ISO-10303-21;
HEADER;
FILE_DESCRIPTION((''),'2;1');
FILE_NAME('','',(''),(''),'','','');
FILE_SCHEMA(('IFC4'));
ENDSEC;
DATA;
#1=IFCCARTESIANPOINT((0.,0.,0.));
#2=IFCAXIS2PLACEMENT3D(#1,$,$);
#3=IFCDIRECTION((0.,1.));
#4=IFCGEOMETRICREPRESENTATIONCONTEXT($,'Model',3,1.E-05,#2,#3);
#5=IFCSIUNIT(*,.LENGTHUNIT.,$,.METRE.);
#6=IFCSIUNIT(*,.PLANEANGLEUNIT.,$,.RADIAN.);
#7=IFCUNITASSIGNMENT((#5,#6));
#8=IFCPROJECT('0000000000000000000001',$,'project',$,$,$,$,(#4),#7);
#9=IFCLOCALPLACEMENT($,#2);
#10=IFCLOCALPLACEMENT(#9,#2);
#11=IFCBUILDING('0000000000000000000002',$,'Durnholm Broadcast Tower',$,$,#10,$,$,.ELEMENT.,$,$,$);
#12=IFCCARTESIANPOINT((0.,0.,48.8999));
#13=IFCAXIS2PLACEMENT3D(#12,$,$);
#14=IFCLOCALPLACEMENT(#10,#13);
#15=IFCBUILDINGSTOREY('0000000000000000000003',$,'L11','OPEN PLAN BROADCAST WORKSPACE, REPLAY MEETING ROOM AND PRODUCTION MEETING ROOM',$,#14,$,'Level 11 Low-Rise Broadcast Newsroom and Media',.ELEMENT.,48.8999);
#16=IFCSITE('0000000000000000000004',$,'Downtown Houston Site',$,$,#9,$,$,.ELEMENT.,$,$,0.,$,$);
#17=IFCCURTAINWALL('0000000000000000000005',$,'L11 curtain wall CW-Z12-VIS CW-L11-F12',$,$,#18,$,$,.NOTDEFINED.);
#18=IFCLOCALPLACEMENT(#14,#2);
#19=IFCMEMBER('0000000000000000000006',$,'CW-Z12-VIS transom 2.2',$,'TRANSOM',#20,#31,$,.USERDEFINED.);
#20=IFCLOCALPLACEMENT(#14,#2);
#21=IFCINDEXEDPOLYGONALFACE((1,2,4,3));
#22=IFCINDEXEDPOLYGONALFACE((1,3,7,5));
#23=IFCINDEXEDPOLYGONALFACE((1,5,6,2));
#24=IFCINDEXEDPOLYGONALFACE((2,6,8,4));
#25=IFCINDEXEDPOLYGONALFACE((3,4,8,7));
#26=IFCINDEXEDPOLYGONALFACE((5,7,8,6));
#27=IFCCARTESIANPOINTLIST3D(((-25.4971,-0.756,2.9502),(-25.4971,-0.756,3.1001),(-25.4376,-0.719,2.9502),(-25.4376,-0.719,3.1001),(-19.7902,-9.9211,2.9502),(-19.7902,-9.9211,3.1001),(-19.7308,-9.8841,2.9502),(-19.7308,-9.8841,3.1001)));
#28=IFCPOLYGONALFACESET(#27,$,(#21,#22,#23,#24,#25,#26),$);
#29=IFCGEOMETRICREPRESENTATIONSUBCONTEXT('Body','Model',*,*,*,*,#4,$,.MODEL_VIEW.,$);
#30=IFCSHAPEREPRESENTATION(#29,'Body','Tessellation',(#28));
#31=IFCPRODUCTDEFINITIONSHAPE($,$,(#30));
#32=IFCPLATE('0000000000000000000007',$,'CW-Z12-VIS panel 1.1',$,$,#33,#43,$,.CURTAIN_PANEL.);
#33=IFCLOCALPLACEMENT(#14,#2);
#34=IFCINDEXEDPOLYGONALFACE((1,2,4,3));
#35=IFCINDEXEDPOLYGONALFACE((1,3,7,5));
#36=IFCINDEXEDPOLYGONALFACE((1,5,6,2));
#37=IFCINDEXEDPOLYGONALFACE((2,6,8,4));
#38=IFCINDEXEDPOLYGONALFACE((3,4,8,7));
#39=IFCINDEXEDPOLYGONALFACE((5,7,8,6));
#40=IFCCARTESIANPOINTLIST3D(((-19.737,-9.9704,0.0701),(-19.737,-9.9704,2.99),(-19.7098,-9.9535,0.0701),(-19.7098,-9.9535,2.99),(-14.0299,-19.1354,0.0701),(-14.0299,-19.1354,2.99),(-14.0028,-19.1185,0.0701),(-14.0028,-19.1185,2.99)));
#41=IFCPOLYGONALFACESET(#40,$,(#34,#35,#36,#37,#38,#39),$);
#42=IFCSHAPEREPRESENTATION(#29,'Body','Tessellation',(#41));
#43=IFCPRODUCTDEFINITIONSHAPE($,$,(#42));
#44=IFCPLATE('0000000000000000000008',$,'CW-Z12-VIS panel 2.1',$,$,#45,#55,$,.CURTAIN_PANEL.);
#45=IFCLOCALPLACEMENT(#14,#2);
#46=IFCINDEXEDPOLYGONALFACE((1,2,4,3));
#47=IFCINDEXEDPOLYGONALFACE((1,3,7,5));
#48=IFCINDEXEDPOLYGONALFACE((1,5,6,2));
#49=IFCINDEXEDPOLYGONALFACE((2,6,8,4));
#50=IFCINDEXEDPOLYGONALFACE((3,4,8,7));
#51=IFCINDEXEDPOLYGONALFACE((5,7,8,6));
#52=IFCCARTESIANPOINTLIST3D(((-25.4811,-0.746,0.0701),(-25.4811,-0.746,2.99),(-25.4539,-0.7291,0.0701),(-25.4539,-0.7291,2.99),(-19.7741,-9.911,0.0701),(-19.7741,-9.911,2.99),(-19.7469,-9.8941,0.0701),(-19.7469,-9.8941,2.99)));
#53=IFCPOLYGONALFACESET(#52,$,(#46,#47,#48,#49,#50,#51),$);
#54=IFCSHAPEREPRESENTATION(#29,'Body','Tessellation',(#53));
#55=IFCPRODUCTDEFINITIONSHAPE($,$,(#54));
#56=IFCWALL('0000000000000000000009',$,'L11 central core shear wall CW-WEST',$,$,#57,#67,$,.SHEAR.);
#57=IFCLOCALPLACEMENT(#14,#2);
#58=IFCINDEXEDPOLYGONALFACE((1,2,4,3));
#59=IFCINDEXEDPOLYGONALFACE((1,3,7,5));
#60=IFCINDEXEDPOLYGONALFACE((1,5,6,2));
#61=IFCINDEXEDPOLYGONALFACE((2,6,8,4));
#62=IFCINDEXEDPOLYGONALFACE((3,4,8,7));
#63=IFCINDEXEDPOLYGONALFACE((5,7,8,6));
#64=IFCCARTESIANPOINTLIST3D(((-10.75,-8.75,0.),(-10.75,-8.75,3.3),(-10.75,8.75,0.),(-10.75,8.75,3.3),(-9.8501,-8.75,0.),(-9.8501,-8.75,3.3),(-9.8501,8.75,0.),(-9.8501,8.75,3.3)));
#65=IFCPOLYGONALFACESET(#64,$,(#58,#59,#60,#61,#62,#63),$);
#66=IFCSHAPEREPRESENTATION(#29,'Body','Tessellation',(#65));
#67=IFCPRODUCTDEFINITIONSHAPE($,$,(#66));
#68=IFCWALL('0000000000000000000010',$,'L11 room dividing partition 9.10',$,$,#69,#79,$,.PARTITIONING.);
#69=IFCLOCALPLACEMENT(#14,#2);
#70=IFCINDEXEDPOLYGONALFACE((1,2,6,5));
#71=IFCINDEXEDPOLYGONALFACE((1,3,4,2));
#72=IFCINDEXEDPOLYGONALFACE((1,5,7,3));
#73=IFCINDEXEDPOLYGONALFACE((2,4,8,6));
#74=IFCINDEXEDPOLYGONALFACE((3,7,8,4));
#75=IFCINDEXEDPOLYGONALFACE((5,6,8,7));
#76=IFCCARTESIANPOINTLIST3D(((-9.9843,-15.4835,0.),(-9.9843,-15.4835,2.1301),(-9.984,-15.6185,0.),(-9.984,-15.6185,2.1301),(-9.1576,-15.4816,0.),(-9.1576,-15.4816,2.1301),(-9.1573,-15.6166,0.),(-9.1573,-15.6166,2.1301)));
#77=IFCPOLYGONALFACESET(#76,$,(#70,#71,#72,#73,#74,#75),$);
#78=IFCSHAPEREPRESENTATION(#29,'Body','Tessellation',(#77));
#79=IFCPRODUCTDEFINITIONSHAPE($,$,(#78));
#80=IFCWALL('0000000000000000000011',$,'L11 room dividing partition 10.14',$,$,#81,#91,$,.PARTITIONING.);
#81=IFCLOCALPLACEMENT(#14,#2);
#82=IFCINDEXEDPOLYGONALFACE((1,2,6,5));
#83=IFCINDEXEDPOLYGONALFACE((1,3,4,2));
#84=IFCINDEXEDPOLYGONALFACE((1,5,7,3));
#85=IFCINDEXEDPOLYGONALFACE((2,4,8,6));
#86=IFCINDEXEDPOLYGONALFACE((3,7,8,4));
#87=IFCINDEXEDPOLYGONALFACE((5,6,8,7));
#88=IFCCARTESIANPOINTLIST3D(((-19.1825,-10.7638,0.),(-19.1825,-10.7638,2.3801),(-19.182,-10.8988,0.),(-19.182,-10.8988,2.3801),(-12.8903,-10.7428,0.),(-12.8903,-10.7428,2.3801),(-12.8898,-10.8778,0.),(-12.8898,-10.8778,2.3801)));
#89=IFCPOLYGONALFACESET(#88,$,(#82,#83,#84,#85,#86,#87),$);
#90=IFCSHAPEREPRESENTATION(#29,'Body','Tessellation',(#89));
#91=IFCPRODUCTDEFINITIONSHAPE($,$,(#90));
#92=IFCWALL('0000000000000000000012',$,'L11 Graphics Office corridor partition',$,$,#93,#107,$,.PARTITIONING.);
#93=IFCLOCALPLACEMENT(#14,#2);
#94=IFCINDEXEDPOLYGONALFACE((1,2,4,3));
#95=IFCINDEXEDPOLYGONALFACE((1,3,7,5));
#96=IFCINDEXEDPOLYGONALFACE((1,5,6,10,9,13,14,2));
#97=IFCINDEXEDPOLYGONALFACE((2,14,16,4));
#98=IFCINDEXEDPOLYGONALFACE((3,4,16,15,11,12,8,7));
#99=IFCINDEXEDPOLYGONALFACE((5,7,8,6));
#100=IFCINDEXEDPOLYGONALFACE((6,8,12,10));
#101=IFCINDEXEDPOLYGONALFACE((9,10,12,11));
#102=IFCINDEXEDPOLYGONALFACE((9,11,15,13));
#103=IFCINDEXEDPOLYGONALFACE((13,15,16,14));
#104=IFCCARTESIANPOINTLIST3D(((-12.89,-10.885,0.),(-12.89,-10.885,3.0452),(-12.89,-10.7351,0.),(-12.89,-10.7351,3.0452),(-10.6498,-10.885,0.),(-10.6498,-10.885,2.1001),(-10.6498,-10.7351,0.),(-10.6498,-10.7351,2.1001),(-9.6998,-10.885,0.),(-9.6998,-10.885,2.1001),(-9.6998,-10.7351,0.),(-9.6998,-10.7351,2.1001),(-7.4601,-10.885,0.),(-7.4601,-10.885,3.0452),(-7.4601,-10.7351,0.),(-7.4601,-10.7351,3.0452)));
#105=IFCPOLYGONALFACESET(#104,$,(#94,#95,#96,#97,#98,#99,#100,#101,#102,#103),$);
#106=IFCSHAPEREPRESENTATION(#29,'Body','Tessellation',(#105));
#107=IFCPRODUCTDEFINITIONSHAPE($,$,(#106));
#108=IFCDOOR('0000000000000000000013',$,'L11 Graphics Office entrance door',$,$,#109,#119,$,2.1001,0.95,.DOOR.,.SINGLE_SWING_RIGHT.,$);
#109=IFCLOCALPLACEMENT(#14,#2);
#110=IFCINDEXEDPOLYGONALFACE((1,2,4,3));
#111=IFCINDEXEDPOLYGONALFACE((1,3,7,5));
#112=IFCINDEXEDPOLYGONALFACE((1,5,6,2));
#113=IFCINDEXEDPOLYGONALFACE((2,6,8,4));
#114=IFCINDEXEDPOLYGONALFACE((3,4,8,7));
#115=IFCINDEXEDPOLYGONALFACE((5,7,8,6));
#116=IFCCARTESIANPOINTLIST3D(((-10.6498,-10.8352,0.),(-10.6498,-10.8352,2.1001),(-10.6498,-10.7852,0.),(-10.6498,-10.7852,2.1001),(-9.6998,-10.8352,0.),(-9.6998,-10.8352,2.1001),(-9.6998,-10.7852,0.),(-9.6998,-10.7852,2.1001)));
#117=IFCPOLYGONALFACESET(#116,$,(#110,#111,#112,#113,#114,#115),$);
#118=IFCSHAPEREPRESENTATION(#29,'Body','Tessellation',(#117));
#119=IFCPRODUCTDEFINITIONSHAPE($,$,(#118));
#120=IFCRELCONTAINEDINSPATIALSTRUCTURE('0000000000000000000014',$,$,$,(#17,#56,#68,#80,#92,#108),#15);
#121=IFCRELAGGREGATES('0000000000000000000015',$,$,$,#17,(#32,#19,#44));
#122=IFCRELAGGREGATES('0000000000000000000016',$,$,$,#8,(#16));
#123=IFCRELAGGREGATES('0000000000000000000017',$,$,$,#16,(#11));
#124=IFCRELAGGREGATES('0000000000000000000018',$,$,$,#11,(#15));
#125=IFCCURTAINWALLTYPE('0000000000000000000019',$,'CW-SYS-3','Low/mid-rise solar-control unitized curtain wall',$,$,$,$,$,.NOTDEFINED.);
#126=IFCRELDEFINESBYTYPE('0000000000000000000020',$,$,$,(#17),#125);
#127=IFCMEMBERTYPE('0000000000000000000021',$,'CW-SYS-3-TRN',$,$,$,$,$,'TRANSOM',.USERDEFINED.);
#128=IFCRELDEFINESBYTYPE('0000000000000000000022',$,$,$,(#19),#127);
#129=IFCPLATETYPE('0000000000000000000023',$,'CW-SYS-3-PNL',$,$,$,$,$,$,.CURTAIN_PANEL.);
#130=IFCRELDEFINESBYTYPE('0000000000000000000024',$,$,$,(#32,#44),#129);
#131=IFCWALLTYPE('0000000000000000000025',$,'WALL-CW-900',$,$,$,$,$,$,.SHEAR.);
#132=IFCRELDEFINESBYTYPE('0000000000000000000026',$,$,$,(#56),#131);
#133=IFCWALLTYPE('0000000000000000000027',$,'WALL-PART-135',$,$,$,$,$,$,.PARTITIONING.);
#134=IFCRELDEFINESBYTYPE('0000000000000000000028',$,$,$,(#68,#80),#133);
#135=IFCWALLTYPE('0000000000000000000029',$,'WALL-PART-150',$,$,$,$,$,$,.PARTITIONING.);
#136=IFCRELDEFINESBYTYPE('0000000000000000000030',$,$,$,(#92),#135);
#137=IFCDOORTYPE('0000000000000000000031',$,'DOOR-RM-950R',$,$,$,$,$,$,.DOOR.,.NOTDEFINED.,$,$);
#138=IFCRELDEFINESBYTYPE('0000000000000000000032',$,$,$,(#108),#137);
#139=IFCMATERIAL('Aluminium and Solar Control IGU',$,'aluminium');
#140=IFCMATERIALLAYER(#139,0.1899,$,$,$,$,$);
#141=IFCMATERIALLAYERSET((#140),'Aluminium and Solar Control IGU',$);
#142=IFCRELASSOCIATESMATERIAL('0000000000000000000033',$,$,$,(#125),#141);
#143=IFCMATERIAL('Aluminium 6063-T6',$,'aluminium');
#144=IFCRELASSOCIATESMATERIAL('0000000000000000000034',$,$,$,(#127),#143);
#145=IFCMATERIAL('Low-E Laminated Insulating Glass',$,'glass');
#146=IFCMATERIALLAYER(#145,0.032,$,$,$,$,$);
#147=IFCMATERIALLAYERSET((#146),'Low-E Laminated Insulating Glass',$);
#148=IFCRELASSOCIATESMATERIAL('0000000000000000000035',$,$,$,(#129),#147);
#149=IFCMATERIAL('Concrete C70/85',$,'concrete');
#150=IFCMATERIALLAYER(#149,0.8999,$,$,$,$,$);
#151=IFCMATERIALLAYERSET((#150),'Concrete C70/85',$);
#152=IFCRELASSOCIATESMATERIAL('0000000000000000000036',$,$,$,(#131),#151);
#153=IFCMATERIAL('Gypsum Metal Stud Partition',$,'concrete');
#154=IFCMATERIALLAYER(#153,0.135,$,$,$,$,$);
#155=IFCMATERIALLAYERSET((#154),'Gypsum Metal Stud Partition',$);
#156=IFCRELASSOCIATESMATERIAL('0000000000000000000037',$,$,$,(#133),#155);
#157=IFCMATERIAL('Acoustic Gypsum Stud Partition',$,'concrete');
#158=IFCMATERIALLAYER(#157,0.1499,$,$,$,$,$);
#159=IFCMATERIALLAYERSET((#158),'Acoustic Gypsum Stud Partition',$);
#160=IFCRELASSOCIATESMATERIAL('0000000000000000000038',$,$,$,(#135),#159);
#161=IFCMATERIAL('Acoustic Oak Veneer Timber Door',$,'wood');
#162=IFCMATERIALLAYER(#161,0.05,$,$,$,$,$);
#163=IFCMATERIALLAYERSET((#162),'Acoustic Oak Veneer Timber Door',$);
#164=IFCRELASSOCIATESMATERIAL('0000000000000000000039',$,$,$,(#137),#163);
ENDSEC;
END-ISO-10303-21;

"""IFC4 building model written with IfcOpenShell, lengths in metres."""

from ifc_helpers import new_model, si_unit, direction, frame, frame_2d, origin, origin_2d, place, context, subcontext, project, spatial, rectangle, extrude, source, transform, mapped, material, layer, layer_set, material_profile, profile_set, type_object, type_shapes, element, fill, aggregate, save


model = new_model("IFC4")

# Units and contexts
model_context = context("Model", 3, precision=1e-05, world=origin(), true_north=direction((0.0, 1.0)))
body_context = subcontext(model_context, "Body", "Model", "MODEL_VIEW")
ifc_project = project(units=[si_unit("LENGTHUNIT", "METRE"), si_unit("PLANEANGLEUNIT", "RADIAN")], contexts=[model_context])

# Site, building, storey
site_placement = place(None, origin())
site = spatial("IfcSite", under=ifc_project, at=site_placement, Name="Downtown Houston Site", CompositionType="ELEMENT", RefElevation=0.0)
building_placement = place(site_placement, origin())
building = spatial("IfcBuilding", under=site, at=building_placement, Name="Durnholm Broadcast Tower", CompositionType="ELEMENT")
storey_placement = place(building_placement, frame((0.0, 0.0, 48.8999)))
storey = spatial("IfcBuildingStorey", under=building, at=storey_placement, Name="L11", Description="OPEN PLAN BROADCAST WORKSPACE, REPLAY MEETING ROOM AND PRODUCTION MEETING ROOM", LongName="Level 11 Low-Rise Broadcast Newsroom and Media", CompositionType="ELEMENT", Elevation=48.8999)

# Shared definitions
ifc_material_1 = material(Name="Aluminium and Solar Control IGU", Category="aluminium")
ifc_material_2 = material(Name="Aluminium 6063-T6", Category="aluminium")

# Curtain wall, member, plates
ifc_layer_1 = layer(ifc_material_1, 0.1899)
ifc_layer_set_1 = layer_set([ifc_layer_1], Name="Aluminium and Solar Control IGU")
curtain_wall_type_1 = type_object("IfcCurtainWallType", Name="CW-SYS-3", Description="Low/mid-rise solar-control unitized curtain wall", PredefinedType="NOTDEFINED", material=ifc_layer_set_1)
curtain_wall_1_placement = place(storey_placement, origin())
curtain_wall_1 = element("IfcCurtainWall", 1, at=curtain_wall_1_placement, inside=storey, type_object=curtain_wall_type_1, Name="L11 curtain wall CW-Z12-VIS CW-L11-F12", PredefinedType="NOTDEFINED")
ifc_material_profile_1 = material_profile(ifc_material_2, rectangle(XDim=0.0701, YDim=0.1499, at=origin_2d()), Name="CWT70X150")
ifc_profile_set_1 = profile_set([ifc_material_profile_1], Name="Aluminium 6063-T6")
member_type_1 = type_object("IfcMemberType", Name="CW-SYS-3-TRN", ElementType="TRANSOM", PredefinedType="USERDEFINED", material=ifc_profile_set_1)
shared_shape_1 = source(origin(), body_context, "Body", "SweptSolid", [
    extrude(rectangle(XDim=0.0701, YDim=0.1499, at=origin_2d()), origin(), (0.0, 0.0, 1.0), 10.7966),
])
type_shapes(member_type_1, [shared_shape_1])
member_1_placement = place(storey_placement, frame((-19.7605, -9.9026, 3.0251), z_axis=(-0.528575, 0.848886, 0.0), x_axis=(-0.848886, -0.528575, 0.0)))
member_1 = element("IfcMember", 2, at=member_1_placement, type_object=member_type_1, Name="CW-Z12-VIS transom 2.2", ObjectType="TRANSOM", PredefinedType="USERDEFINED", context=body_context, shape_type="MappedRepresentation", body=[
    mapped(shared_shape_1, transform((0.0, 0.0, 0.0), x_axis=(1.0, 0.0, 0.0), y_axis=(0.0, 1.0, 0.0), z_axis=(0.0, 0.0, 1.0), scale=1.0)),
])
ifc_material_3 = material(Name="Low-E Laminated Insulating Glass", Category="glass")
ifc_layer_2 = layer(ifc_material_3, 0.032)
ifc_layer_set_2 = layer_set([ifc_layer_2], Name="Low-E Laminated Insulating Glass")
plate_type = type_object("IfcPlateType", Name="CW-SYS-3-PNL", PredefinedType="CURTAIN_PANEL", material=ifc_layer_set_2)
shared_shape_2 = source(origin(), body_context, "Body", "SweptSolid", [
    extrude(rectangle(XDim=10.7966, YDim=0.032, at=origin_2d()), origin(), (0.0, 0.0, 1.0), 2.9199),
])
type_shapes(plate_type, [shared_shape_2])
plate_1_placement = place(storey_placement, frame((-16.8699, -14.5444, 0.0701), z_axis=(0.0, 0.0, 1.0), x_axis=(-0.528592, 0.848876, 0.0)))
plate_1 = element("IfcPlate", 3, at=plate_1_placement, type_object=plate_type, Name="CW-Z12-VIS panel 1.1", PredefinedType="CURTAIN_PANEL", context=body_context, shape_type="MappedRepresentation", body=[
    mapped(shared_shape_2, transform((0.0, 0.0, 0.0), x_axis=(1.0, 0.0, 0.0), y_axis=(0.0, 1.0, 0.0), z_axis=(0.0, 0.0, 1.0), scale=1.0)),
])
plate_2_placement = place(storey_placement, frame((-22.614, -5.3201, 0.0701), z_axis=(0.0, 0.0, 1.0), x_axis=(-0.528592, 0.848876, 0.0)))
plate_2 = element("IfcPlate", 4, at=plate_2_placement, type_object=plate_type, Name="CW-Z12-VIS panel 2.1", PredefinedType="CURTAIN_PANEL", context=body_context, shape_type="MappedRepresentation", body=[
    mapped(shared_shape_2, transform((0.0, 0.0, 0.0), x_axis=(1.0, 0.0, 0.0), y_axis=(0.0, 1.0, 0.0), z_axis=(0.0, 0.0, 1.0), scale=1.0)),
])
aggregate(curtain_wall_1, [plate_1, member_1, plate_2])

# Walls
ifc_material_4 = material(Name="Concrete C70/85", Category="concrete")
ifc_layer_3 = layer(ifc_material_4, 0.8999)
ifc_layer_set_3 = layer_set([ifc_layer_3], Name="Concrete C70/85")
wall_type_1 = type_object("IfcWallType", Name="WALL-CW-900", PredefinedType="SHEAR", material=ifc_layer_set_3)
wall_1_placement = place(storey_placement, frame((-10.3, -8.75, 0.0), z_axis=(0.0, 0.0, 1.0), x_axis=(0.0, 1.0, 0.0)))
element("IfcWall", 5, at=wall_1_placement, inside=storey, type_object=wall_type_1, Name="L11 central core shear wall CW-WEST", PredefinedType="SHEAR", context=body_context, shape_type="SweptSolid", body=[
    extrude(rectangle(XDim=17.5, YDim=0.8999, at=frame_2d((8.75, 0.0))), origin(), (0.0, 0.0, 1.0), 3.3),
])
ifc_material_5 = material(Name="Gypsum Metal Stud Partition", Category="concrete")
ifc_layer_4 = layer(ifc_material_5, 0.135)
ifc_layer_set_4 = layer_set([ifc_layer_4], Name="Gypsum Metal Stud Partition")
wall_type_2 = type_object("IfcWallType", Name="WALL-PART-135", PredefinedType="PARTITIONING", material=ifc_layer_set_4)
wall_2_placement = place(storey_placement, frame((-9.9841, -15.551, 0.0), z_axis=(0.0, 0.0, 1.0), x_axis=(0.999997, 0.002363, 0.0)))
element("IfcWall", 6, at=wall_2_placement, inside=storey, type_object=wall_type_2, Name="L11 room dividing partition 9.10", PredefinedType="PARTITIONING", context=body_context, shape_type="SweptSolid", body=[
    extrude(rectangle(XDim=0.8267, YDim=0.135, at=frame_2d((0.4133, 0.0))), origin(), (0.0, 0.0, 1.0), 2.1301),
])
wall_3_placement = place(storey_placement, frame((-19.1821, -10.8313, 0.0), z_axis=(0.0, 0.0, 1.0), x_axis=(0.999994, 0.003337, 0.0)))
element("IfcWall", 7, at=wall_3_placement, inside=storey, type_object=wall_type_2, Name="L11 room dividing partition 10.14", PredefinedType="PARTITIONING", context=body_context, shape_type="SweptSolid", body=[
    extrude(rectangle(XDim=6.2922, YDim=0.135, at=frame_2d((3.146, 0.0))), origin(), (0.0, 0.0, 1.0), 2.3801),
])

# Wall, opening, door
ifc_material_6 = material(Name="Acoustic Gypsum Stud Partition", Category="concrete")
ifc_layer_5 = layer(ifc_material_6, 0.1499)
ifc_layer_set_5 = layer_set([ifc_layer_5], Name="Acoustic Gypsum Stud Partition")
wall_type_3 = type_object("IfcWallType", Name="WALL-PART-150", PredefinedType="PARTITIONING", material=ifc_layer_set_5)
wall_4_placement = place(storey_placement, frame((-12.8899, -10.8101, 0.0), z_axis=(0.0, 0.0, 1.0), x_axis=(1.0, 0.0, 0.0)))
wall_4 = element("IfcWall", 8, at=wall_4_placement, inside=storey, type_object=wall_type_3, Name="L11 Graphics Office corridor partition", PredefinedType="PARTITIONING", context=body_context, shape_type="SweptSolid", body=[
    extrude(rectangle(XDim=5.4299, YDim=0.1499, at=frame_2d((2.7148, 0.0))), origin(), (0.0, 0.0, 1.0), 3.0452),
])
opening_placement = place(wall_4_placement, frame((2.24, 0.0, 0.0)))
opening = element("IfcOpeningElement", 9, at=opening_placement, cuts=wall_4, PredefinedType="OPENING", context=body_context, shape_type="SweptSolid", body=[
    extrude(rectangle(XDim=0.95, YDim=2.1001, at=frame_2d((0.4751, 1.05))), frame((0.0, 0.085, 0.0), z_axis=(0.0, -1.0, 0.0), x_axis=(1.0, 0.0, 0.0)), (0.0, 0.0, 1.0), 0.1699),
])
ifc_material_7 = material(Name="Acoustic Oak Veneer Timber Door", Category="wood")
ifc_layer_6 = layer(ifc_material_7, 0.05)
ifc_layer_set_6 = layer_set([ifc_layer_6], Name="Acoustic Oak Veneer Timber Door")
door_type = type_object("IfcDoorType", Name="DOOR-RM-950R", OperationType="NOTDEFINED", PredefinedType="DOOR", material=ifc_layer_set_6)
shared_shape_3 = source(origin(), body_context, "Body", "SweptSolid", [
    extrude(rectangle(XDim=0.95, YDim=2.1001, at=frame_2d((0.4751, 1.05))), frame((0.0, 0.0249, 0.0), z_axis=(0.0, -1.0, 0.0), x_axis=(1.0, 0.0, 0.0)), (0.0, 0.0, 1.0), 0.05),
])
type_shapes(door_type, [shared_shape_3])
door_placement = place(opening_placement, origin())
door = element("IfcDoor", 10, at=door_placement, inside=storey, type_object=door_type, Name="L11 Graphics Office entrance door", OperationType="SINGLE_SWING_RIGHT", OverallHeight=2.1001, OverallWidth=0.95, PredefinedType="DOOR", context=body_context, shape_type="MappedRepresentation", body=[
    mapped(shared_shape_3, transform((0.0, 0.0, 0.0), x_axis=(1.0, 0.0, 0.0), y_axis=(0.0, 1.0, 0.0), z_axis=(0.0, 0.0, 1.0), scale=1.0)),
])
fill(opening, door)

save(model, "model.ifc")
